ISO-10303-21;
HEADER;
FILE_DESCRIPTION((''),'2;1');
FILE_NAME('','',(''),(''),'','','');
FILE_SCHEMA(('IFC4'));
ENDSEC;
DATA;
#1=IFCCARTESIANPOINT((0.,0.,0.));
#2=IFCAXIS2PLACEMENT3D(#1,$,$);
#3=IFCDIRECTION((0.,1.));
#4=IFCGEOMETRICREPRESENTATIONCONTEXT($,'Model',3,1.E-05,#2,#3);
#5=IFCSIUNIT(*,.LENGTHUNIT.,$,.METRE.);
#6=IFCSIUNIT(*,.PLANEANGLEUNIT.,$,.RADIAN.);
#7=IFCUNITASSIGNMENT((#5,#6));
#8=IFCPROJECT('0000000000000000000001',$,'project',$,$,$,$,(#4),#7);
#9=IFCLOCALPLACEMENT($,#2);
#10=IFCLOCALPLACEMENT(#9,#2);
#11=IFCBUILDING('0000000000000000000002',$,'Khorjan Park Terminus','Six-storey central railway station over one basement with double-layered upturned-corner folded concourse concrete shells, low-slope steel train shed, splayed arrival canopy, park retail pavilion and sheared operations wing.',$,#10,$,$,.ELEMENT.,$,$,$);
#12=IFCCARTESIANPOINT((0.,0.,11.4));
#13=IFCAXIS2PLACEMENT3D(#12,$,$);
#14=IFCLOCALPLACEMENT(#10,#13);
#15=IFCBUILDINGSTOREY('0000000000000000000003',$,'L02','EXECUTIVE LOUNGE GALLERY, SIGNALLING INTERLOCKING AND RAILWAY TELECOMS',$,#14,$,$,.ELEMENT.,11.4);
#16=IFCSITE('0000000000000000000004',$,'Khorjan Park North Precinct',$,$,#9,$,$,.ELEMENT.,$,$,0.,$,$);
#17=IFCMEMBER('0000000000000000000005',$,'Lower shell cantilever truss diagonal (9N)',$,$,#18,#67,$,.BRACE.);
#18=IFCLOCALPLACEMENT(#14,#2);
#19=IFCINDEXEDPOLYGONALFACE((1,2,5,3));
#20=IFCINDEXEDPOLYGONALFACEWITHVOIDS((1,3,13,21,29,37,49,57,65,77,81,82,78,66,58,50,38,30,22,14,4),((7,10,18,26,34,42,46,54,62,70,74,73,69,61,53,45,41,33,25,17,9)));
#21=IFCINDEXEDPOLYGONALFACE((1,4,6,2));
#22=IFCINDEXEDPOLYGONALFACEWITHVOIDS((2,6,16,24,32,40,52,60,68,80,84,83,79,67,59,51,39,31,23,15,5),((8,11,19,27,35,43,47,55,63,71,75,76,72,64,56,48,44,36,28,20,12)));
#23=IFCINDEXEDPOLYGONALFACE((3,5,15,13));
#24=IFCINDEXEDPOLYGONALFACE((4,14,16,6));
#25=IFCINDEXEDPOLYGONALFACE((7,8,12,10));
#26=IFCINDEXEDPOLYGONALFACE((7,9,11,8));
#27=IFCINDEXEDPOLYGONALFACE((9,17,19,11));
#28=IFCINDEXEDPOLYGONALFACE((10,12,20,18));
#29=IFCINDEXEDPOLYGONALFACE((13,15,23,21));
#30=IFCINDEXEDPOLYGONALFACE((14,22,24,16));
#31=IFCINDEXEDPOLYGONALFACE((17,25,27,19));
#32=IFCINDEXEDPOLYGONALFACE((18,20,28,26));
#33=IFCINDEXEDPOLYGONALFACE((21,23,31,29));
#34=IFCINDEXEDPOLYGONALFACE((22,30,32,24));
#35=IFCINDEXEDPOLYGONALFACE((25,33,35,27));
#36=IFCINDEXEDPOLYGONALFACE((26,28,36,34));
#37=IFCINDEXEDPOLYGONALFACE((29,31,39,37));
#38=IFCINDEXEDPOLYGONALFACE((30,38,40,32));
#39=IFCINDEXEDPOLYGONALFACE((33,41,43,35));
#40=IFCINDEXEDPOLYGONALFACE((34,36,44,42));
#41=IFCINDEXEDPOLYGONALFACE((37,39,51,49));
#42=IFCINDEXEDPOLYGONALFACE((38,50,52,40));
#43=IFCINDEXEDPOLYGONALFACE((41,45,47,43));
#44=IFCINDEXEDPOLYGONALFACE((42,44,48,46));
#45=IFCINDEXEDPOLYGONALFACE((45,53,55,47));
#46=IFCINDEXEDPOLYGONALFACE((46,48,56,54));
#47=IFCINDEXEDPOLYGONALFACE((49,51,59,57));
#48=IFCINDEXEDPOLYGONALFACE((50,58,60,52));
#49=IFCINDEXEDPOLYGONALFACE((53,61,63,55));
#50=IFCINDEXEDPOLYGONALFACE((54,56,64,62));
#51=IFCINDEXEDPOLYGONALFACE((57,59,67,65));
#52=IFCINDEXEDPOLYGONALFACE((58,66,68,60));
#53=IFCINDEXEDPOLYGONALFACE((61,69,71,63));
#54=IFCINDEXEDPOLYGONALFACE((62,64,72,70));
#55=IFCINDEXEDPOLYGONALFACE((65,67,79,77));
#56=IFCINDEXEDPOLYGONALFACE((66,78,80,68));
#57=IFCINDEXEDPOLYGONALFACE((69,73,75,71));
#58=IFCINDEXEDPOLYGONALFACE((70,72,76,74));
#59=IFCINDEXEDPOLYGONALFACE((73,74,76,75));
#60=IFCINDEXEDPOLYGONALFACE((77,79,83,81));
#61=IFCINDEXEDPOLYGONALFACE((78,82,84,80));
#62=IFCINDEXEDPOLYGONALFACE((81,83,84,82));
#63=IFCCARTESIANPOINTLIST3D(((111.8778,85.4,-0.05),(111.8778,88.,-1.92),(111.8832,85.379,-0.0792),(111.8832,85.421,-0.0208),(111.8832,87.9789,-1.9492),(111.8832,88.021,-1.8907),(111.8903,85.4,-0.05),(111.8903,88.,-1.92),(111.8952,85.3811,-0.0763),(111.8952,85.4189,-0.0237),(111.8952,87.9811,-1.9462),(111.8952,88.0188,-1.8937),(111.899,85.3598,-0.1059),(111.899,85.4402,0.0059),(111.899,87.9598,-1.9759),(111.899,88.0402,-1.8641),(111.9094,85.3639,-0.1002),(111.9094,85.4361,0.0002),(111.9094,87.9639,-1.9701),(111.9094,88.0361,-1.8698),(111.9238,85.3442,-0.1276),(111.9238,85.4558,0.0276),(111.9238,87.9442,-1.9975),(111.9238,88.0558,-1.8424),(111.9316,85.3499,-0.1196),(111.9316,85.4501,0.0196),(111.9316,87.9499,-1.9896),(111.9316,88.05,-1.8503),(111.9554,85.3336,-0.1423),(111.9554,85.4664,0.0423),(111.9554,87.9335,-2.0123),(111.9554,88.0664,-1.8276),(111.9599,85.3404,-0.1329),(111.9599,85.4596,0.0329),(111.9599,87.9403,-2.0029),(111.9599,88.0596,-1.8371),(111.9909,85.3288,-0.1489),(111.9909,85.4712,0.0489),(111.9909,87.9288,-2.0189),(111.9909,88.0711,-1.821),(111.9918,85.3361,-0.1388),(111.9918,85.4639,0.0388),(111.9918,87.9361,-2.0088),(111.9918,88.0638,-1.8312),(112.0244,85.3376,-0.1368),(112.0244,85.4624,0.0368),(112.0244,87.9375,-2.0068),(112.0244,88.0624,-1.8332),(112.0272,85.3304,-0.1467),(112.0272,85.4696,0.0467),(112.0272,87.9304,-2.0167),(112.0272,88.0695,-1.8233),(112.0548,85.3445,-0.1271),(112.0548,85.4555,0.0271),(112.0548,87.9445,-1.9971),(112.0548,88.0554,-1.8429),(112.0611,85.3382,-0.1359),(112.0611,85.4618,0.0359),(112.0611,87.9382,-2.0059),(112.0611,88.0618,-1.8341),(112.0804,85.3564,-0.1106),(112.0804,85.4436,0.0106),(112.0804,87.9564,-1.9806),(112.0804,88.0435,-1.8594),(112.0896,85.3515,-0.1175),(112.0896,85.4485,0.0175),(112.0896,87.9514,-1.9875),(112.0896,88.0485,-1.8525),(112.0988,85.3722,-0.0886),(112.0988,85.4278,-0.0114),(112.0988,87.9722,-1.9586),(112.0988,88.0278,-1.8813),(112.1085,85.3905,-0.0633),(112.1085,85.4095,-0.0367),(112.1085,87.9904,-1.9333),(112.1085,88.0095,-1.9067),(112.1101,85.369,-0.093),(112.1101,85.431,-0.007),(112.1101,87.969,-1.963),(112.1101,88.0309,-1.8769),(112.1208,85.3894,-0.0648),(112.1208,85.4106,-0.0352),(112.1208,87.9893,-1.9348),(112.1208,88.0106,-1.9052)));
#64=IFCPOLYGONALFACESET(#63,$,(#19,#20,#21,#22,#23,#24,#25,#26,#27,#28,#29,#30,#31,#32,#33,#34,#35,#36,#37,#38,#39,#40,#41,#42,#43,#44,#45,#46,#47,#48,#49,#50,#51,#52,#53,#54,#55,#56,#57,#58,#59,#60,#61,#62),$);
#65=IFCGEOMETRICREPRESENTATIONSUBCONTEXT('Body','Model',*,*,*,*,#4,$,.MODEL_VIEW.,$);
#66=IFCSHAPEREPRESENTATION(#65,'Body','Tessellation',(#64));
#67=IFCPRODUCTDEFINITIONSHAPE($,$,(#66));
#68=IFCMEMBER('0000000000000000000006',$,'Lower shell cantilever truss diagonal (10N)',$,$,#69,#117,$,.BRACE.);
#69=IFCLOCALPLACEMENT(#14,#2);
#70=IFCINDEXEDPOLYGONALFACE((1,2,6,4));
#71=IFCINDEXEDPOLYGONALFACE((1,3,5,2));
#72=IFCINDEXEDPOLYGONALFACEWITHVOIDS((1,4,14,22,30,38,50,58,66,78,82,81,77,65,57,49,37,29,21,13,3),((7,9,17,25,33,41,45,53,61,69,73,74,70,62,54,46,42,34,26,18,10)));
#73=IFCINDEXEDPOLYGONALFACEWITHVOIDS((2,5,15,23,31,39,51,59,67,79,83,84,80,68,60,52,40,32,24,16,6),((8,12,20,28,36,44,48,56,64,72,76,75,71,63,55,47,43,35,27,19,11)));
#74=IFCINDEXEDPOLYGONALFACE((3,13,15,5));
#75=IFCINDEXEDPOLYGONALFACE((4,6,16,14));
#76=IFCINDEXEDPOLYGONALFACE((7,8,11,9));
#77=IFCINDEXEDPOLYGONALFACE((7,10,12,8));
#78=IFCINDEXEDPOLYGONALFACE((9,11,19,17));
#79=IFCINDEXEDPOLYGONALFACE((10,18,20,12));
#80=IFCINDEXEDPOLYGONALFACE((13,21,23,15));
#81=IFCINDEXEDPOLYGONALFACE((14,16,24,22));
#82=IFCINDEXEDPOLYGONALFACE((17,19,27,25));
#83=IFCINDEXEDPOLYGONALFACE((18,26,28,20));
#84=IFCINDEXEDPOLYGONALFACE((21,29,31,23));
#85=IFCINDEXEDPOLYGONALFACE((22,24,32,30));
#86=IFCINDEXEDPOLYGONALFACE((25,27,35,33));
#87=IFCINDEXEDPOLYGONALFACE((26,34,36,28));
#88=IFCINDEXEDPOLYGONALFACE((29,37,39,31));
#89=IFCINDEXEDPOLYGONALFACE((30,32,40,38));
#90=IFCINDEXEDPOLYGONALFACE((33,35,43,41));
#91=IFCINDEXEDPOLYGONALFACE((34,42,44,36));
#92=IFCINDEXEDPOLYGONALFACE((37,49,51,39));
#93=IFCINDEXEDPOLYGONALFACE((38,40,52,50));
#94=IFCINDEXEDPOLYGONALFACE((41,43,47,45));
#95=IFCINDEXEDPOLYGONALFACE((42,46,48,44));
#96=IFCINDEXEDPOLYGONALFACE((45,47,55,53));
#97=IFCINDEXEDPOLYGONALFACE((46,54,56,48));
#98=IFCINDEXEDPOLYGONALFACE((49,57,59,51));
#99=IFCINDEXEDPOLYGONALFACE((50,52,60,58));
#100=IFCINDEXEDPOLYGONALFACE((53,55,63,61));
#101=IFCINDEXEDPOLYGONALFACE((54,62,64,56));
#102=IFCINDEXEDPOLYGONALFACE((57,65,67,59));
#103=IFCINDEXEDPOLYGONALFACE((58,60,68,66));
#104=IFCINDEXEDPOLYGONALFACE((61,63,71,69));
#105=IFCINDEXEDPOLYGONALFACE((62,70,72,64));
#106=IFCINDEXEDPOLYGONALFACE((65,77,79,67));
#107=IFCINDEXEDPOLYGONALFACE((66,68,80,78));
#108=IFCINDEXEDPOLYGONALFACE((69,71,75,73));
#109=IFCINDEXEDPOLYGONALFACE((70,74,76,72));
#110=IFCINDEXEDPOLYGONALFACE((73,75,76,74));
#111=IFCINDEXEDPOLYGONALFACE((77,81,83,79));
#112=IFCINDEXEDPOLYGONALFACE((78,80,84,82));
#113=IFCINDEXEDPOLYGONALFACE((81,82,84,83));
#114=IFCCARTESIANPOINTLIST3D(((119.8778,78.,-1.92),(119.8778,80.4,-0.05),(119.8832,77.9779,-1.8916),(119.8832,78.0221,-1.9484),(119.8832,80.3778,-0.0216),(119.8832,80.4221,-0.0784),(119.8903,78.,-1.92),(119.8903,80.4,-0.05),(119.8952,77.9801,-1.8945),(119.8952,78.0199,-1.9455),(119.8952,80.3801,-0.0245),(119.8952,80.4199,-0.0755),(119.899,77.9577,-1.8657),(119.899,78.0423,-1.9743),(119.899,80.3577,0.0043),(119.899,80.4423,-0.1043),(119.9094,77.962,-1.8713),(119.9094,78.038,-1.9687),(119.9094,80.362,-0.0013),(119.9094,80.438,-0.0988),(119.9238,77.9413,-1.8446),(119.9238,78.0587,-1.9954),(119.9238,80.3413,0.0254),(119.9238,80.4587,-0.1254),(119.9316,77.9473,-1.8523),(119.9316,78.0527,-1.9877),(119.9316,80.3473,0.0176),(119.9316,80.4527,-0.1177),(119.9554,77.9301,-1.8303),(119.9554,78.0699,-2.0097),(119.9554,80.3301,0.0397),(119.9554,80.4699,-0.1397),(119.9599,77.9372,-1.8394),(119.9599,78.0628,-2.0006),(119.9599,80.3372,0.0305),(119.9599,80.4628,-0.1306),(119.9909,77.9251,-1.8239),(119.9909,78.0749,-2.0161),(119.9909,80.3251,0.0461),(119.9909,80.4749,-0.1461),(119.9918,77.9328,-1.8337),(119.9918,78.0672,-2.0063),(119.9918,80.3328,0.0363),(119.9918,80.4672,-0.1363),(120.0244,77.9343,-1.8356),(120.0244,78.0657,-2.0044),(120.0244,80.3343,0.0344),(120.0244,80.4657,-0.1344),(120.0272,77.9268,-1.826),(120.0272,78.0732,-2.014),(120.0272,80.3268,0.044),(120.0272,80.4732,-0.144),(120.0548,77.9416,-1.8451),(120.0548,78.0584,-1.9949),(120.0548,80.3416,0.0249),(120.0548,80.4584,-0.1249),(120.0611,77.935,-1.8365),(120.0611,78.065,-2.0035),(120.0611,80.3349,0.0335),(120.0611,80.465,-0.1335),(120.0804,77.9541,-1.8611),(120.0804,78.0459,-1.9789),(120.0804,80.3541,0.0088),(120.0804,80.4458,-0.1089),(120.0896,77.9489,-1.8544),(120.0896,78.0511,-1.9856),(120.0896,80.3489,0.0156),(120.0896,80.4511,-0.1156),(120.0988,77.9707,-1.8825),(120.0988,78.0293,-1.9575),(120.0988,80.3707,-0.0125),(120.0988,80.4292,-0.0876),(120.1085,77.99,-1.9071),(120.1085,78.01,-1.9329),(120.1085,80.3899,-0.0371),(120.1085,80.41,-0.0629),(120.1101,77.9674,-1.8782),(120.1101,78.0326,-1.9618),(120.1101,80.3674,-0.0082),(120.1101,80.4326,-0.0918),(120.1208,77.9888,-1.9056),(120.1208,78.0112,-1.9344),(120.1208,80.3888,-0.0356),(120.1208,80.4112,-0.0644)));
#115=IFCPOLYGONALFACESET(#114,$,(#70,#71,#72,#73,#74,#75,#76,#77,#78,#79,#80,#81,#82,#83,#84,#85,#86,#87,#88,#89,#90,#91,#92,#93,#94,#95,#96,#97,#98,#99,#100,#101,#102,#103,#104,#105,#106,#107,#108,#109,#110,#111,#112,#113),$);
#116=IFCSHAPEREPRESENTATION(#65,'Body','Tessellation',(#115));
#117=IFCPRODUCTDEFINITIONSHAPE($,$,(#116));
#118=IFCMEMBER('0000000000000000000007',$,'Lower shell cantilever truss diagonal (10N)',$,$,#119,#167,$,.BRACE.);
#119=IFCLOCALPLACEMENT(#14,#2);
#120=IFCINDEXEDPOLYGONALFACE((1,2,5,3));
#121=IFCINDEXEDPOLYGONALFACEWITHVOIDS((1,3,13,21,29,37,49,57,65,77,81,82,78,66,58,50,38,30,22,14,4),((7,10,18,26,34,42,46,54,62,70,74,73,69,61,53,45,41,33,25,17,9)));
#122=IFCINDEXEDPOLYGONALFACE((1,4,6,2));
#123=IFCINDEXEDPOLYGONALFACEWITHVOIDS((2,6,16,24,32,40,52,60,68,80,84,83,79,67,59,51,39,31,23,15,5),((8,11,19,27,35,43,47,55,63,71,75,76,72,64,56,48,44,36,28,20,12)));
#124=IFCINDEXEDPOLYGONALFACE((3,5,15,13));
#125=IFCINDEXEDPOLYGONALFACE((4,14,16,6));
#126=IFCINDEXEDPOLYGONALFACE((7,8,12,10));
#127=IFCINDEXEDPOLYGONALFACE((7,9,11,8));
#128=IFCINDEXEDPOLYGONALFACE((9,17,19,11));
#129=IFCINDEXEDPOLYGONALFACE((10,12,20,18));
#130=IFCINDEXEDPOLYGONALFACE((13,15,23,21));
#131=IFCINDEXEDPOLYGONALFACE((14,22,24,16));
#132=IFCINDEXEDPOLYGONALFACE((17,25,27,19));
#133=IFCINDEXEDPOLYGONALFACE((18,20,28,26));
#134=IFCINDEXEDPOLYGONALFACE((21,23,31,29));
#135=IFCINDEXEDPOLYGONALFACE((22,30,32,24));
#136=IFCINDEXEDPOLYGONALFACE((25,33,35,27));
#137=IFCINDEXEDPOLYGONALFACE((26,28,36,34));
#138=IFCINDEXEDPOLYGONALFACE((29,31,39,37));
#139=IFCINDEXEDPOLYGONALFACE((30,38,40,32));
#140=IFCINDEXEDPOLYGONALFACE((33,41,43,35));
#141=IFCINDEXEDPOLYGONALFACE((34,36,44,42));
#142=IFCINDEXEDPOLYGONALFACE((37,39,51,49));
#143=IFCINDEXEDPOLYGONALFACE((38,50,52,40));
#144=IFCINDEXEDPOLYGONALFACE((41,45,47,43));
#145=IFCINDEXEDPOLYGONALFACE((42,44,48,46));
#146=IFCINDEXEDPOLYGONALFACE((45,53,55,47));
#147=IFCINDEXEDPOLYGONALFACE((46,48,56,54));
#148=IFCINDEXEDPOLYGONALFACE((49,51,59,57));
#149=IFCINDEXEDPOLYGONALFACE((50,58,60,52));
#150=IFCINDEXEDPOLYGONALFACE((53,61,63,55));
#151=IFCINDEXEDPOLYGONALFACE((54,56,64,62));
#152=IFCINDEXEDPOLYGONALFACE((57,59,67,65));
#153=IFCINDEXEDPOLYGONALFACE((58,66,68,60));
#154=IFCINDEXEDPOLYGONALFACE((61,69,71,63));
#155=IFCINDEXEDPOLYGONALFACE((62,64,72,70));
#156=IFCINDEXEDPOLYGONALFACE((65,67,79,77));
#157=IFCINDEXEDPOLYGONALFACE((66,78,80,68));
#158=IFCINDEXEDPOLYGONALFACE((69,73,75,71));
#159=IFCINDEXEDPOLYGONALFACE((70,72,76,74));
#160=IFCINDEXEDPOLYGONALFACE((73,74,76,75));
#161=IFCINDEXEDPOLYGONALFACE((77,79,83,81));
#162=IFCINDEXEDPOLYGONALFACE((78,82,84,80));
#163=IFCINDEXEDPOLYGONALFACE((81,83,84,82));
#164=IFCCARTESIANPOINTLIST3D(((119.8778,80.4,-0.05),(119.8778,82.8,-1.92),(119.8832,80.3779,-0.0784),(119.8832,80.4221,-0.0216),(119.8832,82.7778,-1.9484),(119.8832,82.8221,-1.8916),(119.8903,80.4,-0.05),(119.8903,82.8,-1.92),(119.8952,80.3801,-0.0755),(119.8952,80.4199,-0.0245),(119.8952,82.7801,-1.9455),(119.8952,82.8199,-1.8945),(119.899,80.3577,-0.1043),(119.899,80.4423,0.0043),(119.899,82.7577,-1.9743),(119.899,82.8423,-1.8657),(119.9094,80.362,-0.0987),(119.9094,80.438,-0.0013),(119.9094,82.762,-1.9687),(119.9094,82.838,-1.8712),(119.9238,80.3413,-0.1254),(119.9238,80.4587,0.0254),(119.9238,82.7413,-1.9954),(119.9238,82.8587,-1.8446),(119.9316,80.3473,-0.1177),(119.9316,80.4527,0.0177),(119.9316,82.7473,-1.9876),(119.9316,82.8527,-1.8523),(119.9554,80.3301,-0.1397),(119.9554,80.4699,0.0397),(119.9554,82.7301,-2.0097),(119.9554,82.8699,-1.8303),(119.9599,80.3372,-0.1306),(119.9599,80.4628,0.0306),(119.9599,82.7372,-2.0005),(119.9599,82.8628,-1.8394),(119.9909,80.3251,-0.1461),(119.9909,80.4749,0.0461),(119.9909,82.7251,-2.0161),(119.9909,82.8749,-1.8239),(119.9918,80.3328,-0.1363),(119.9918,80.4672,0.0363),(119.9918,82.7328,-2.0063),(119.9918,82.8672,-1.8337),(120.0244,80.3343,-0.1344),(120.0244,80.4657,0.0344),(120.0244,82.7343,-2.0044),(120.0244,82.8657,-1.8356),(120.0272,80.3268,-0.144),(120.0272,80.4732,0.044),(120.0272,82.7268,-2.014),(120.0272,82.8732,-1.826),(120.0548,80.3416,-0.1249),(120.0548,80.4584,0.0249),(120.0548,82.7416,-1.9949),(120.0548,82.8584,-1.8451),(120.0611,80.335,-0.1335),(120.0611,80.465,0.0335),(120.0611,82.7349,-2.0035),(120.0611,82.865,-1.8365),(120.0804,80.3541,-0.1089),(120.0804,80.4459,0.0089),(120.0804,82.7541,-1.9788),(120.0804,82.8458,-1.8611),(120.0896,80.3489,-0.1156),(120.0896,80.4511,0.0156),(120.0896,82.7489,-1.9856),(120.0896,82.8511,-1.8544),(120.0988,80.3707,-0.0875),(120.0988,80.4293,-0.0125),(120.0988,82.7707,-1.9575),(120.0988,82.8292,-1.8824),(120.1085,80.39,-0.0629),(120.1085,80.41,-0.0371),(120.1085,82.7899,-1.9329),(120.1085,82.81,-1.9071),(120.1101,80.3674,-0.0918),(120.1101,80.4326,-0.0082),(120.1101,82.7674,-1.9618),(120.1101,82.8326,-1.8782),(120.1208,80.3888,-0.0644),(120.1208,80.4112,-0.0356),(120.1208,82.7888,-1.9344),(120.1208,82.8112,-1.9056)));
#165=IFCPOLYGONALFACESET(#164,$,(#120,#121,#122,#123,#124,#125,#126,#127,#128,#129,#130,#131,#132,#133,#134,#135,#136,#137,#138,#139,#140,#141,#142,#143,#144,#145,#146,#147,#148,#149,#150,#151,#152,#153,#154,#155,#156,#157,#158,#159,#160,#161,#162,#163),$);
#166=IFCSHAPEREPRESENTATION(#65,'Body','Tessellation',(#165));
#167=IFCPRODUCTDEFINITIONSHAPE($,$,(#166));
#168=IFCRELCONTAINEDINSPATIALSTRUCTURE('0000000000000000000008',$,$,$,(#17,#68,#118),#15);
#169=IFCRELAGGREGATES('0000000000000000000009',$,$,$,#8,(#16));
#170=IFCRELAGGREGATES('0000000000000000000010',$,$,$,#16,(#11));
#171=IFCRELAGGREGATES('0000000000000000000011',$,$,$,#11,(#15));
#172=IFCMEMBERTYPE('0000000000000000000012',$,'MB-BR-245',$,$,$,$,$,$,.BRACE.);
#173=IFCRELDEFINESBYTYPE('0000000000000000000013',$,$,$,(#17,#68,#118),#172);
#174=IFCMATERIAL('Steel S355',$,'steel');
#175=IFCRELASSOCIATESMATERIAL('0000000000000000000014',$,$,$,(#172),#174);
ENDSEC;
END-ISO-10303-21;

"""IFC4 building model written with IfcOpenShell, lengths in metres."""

from ifc_helpers import new_model, si_unit, direction, frame, origin, origin_2d, place, context, subcontext, project, spatial, hollow_circle, extrude, material, material_profile, profile_set, type_object, element, save


model = new_model("IFC4")

# Units and contexts
model_context = context("Model", 3, precision=1e-05, world=origin(), true_north=direction((0.0, 1.0)))
body_context = subcontext(model_context, "Body", "Model", "MODEL_VIEW")
ifc_project = project(units=[si_unit("LENGTHUNIT", "METRE"), si_unit("PLANEANGLEUNIT", "RADIAN")], contexts=[model_context])

# Site, building, storey
site_placement = place(None, origin())
site = spatial("IfcSite", under=ifc_project, at=site_placement, Name="Khorjan Park North Precinct", CompositionType="ELEMENT", RefElevation=0.0)
building_placement = place(site_placement, origin())
building = spatial("IfcBuilding", under=site, at=building_placement, Name="Khorjan Park Terminus", Description="Six-storey central railway station over one basement with double-layered upturned-corner folded concourse concrete shells, low-slope steel train shed, splayed arrival canopy, park retail pavilion and sheared operations wing.", CompositionType="ELEMENT")
storey_placement = place(building_placement, frame((0.0, 0.0, 11.4)))
storey = spatial("IfcBuildingStorey", under=building, at=storey_placement, Name="L02", Description="EXECUTIVE LOUNGE GALLERY, SIGNALLING INTERLOCKING AND RAILWAY TELECOMS", CompositionType="ELEMENT", Elevation=11.4)

# Members
ifc_material_1 = material(Name="Steel S355", Category="steel")
ifc_material_profile_1 = material_profile(ifc_material_1, hollow_circle(Radius=0.1222, WallThickness=0.0125, at=origin_2d()), Name="CHS 244.5x12.5")
ifc_profile_set_1 = profile_set([ifc_material_profile_1], Name="Steel S355")
member_type_1 = type_object("IfcMemberType", Name="MB-BR-245", PredefinedType="BRACE", material=ifc_profile_set_1)
for number, where, z_axis, x_axis, name in (
    (1, (112.0, 85.4, -0.05), (0.0, 0.81183, -0.583893), (-1.0, 0.0, 0.0), "Lower shell cantilever truss diagonal (9N)"),
):
    element("IfcMember", number, at=place(storey_placement, frame(where, z_axis=z_axis, x_axis=x_axis)), inside=storey, type_object=member_type_1, Name=name, PredefinedType="BRACE", context=body_context, shape_type="SweptSolid", body=[
        extrude(hollow_circle(Radius=0.1222, WallThickness=0.0125, at=origin_2d()), origin(), (0.0, 0.0, 1.0), 3.2026),
    ])
for number, where, z_axis, x_axis, name in (
    (2, (120.0, 78.0, -1.92), (0.0, 0.788821, 0.614623), (-1.0, 0.0, 0.0), "Lower shell cantilever truss diagonal (10N)"),
    (3, (120.0, 80.4, -0.05), (0.0, 0.788821, -0.614623), (-1.0, 0.0, 0.0), "Lower shell cantilever truss diagonal (10N)"),
):
    element("IfcMember", number, at=place(storey_placement, frame(where, z_axis=z_axis, x_axis=x_axis)), inside=storey, type_object=member_type_1, Name=name, PredefinedType="BRACE", context=body_context, shape_type="SweptSolid", body=[
        extrude(hollow_circle(Radius=0.1222, WallThickness=0.0125, at=origin_2d()), origin(), (0.0, 0.0, 1.0), 3.0425),
    ])

save(model, "model.ifc")
